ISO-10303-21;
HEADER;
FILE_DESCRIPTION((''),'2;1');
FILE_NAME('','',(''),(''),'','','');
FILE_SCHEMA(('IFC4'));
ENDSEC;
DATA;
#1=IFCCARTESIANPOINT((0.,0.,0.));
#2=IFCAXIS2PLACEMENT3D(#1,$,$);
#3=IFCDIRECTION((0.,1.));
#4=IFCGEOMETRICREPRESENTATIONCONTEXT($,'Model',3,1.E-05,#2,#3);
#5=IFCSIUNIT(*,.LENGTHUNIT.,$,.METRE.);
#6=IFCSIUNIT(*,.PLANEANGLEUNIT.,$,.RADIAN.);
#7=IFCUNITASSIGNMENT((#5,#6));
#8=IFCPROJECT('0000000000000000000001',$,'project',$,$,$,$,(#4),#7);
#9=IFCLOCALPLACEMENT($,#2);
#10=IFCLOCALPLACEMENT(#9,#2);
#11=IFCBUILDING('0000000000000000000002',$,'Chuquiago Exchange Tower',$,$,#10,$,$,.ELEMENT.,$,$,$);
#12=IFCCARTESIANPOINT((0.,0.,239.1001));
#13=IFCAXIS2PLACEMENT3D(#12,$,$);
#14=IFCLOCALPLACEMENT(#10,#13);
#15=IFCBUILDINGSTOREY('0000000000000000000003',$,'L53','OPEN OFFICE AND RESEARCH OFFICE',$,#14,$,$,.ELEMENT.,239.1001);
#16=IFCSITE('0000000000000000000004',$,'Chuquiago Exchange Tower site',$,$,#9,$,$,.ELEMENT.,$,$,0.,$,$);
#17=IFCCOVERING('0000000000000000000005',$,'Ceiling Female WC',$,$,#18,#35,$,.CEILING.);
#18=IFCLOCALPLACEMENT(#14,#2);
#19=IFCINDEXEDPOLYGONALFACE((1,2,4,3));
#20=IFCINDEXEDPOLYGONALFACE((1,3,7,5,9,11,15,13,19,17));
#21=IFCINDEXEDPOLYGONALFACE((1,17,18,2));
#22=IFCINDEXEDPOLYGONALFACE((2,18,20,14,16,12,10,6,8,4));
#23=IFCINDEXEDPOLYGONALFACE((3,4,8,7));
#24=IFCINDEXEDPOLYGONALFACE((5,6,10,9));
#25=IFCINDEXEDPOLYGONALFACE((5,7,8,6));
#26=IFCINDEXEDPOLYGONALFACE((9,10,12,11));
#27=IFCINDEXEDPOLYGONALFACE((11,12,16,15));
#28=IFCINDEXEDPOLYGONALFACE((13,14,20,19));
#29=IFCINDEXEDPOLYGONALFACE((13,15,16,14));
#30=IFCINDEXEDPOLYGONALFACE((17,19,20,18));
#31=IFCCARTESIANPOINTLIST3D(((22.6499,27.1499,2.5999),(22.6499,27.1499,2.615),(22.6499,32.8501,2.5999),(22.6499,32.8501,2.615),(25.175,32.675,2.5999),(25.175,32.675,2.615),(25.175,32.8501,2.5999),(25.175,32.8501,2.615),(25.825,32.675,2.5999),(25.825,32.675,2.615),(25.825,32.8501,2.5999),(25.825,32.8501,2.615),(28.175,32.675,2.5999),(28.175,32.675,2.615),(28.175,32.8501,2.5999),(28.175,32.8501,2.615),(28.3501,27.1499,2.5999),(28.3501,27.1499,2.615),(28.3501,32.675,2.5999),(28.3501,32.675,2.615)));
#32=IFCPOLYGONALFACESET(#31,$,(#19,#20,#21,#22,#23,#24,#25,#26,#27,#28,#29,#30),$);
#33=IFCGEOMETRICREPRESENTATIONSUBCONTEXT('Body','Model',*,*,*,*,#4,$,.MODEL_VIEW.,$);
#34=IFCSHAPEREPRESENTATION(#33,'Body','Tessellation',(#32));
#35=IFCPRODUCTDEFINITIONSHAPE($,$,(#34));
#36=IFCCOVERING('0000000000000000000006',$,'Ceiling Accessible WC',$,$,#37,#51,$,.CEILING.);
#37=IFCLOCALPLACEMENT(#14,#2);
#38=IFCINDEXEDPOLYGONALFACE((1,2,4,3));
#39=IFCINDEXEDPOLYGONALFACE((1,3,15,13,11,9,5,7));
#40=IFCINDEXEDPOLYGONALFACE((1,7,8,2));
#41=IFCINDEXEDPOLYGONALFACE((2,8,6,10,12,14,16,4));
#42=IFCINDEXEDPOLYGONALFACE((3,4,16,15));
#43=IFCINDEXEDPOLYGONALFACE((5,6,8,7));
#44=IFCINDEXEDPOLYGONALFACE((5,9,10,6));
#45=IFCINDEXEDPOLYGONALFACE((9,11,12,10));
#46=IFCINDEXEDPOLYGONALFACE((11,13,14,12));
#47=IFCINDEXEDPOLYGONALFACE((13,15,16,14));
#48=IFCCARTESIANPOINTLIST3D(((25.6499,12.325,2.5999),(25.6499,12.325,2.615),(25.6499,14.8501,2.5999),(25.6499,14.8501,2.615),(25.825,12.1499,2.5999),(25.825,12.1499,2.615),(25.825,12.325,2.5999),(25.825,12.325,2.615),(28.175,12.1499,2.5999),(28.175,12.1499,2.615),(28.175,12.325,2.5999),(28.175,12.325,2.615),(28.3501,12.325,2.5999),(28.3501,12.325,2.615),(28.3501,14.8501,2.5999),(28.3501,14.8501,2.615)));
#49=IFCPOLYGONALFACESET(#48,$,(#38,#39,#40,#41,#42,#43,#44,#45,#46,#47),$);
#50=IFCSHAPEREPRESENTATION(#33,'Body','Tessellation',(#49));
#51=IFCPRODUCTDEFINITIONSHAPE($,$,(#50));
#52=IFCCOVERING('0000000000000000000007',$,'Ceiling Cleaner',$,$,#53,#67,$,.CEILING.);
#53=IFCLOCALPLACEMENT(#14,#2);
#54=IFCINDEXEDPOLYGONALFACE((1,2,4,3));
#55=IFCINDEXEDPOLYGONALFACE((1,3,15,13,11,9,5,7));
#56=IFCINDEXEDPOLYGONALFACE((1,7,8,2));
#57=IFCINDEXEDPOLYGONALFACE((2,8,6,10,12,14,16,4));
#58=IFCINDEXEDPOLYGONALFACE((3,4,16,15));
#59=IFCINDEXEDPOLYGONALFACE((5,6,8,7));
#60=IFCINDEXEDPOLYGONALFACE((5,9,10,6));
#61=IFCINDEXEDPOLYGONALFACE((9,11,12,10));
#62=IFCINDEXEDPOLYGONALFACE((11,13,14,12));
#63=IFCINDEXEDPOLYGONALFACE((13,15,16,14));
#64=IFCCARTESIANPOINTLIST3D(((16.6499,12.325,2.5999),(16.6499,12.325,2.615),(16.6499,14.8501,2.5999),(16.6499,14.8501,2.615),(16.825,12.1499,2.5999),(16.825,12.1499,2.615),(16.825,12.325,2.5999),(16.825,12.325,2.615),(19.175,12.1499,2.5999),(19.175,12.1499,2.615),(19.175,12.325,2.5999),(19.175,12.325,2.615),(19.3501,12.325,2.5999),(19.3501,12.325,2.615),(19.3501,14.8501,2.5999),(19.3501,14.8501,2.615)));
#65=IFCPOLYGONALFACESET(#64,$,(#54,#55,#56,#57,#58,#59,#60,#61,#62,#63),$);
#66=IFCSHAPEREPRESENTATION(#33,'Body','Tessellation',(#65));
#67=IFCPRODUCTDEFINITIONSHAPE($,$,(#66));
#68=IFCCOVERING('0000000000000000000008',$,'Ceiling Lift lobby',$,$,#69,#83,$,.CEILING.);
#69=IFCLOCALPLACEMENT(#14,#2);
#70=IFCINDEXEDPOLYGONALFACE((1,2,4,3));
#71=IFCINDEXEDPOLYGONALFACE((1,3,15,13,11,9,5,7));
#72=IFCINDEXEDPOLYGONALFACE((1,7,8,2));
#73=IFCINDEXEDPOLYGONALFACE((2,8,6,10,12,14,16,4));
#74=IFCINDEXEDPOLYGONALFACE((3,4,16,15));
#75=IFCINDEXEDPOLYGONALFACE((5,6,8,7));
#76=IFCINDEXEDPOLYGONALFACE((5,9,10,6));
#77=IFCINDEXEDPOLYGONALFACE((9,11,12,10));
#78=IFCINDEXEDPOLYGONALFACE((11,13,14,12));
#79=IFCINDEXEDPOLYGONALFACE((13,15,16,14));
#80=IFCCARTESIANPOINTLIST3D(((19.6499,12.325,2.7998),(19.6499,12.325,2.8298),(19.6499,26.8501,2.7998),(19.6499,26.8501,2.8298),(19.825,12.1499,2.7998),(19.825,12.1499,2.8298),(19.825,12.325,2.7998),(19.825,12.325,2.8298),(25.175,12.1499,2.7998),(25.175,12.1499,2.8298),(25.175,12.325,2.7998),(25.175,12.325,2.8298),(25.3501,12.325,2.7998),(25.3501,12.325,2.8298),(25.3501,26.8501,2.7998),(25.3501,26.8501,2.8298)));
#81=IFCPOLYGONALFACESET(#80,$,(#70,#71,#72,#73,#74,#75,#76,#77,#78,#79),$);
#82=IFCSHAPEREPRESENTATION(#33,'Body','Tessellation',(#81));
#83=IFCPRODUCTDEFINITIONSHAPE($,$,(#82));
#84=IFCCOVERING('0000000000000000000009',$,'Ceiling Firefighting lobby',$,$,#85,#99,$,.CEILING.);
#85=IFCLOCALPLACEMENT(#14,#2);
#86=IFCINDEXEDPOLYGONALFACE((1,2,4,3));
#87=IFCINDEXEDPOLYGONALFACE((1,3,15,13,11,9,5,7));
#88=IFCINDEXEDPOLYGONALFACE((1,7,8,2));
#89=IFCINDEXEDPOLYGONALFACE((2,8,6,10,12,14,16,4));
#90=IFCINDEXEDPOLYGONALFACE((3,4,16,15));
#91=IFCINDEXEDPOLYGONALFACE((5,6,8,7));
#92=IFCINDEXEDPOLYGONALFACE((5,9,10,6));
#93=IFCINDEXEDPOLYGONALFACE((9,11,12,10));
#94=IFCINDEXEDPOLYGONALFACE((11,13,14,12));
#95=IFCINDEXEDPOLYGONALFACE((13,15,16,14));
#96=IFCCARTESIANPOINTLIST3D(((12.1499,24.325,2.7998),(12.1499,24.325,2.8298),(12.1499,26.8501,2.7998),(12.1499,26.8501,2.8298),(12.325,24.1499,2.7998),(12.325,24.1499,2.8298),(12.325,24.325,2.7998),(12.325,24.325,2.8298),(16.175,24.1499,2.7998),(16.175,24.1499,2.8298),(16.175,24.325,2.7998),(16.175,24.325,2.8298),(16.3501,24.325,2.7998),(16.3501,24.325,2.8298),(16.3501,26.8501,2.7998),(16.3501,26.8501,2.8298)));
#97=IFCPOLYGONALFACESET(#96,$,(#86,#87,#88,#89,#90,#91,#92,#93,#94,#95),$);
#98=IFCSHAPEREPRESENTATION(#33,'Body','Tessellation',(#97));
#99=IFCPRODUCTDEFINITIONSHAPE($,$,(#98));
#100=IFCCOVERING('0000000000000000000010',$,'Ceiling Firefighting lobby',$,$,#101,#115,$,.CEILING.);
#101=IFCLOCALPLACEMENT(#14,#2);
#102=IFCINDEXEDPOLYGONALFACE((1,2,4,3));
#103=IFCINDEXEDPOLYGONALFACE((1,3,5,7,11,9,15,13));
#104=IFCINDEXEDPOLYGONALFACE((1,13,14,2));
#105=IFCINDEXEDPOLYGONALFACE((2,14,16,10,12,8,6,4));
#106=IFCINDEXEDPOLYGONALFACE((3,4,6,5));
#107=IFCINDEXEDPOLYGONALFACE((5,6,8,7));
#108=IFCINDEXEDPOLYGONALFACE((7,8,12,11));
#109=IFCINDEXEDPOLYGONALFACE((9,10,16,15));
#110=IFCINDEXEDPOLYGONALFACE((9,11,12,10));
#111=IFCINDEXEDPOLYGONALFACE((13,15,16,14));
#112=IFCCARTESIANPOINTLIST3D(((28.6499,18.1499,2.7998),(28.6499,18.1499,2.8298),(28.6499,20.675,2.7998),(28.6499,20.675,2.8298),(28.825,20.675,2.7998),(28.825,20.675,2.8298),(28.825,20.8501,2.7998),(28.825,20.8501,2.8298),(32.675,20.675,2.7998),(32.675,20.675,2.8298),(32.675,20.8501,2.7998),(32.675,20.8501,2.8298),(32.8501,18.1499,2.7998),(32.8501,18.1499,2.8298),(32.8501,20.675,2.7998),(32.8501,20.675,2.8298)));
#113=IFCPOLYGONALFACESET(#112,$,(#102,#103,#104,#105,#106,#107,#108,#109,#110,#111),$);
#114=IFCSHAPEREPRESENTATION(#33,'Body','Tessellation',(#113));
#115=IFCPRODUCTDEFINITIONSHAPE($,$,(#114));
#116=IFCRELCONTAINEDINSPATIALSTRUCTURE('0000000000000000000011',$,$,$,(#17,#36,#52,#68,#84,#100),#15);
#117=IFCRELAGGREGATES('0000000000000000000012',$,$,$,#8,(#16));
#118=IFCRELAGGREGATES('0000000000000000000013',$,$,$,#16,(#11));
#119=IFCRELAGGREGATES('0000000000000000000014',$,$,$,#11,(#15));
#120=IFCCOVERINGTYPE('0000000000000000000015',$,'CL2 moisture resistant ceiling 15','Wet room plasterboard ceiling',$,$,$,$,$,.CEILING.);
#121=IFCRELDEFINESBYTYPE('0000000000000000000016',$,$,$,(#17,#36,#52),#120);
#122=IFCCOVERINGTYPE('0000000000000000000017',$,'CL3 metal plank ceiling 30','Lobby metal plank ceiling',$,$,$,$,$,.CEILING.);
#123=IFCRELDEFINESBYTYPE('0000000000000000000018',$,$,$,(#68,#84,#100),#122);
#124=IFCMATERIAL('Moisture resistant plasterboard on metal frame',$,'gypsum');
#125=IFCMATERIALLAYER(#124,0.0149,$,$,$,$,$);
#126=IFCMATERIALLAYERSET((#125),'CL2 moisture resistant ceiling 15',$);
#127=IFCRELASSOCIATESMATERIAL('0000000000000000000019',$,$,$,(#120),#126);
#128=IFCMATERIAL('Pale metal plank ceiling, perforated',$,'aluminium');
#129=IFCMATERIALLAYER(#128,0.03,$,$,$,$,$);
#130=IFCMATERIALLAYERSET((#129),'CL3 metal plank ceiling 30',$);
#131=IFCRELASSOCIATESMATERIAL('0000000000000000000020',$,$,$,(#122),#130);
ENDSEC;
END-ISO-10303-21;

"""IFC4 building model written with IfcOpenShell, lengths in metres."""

from ifc_helpers import new_model, si_unit, direction, frame, origin, place, context, subcontext, project, spatial, polyline, outline, extrude, material, layer, layer_set, type_object, element, save


model = new_model("IFC4")

# Units and contexts
model_context = context("Model", 3, precision=1e-05, world=origin(), true_north=direction((0.0, 1.0)))
body_context = subcontext(model_context, "Body", "Model", "MODEL_VIEW")
ifc_project = project(units=[si_unit("LENGTHUNIT", "METRE"), si_unit("PLANEANGLEUNIT", "RADIAN")], contexts=[model_context])

# Site, building, storey
site_placement = place(None, origin())
site = spatial("IfcSite", under=ifc_project, at=site_placement, Name="Chuquiago Exchange Tower site", CompositionType="ELEMENT", RefElevation=0.0)
building_placement = place(site_placement, origin())
building = spatial("IfcBuilding", under=site, at=building_placement, Name="Chuquiago Exchange Tower", CompositionType="ELEMENT")
storey_placement = place(building_placement, frame((0.0, 0.0, 239.1001)))
storey = spatial("IfcBuildingStorey", under=building, at=storey_placement, Name="L53", Description="OPEN OFFICE AND RESEARCH OFFICE", CompositionType="ELEMENT", Elevation=239.1001)

# Coverings
ifc_material_1 = material(Name="Moisture resistant plasterboard on metal frame", Category="gypsum")
ifc_layer_1 = layer(ifc_material_1, 0.0149)
ifc_layer_set_1 = layer_set([ifc_layer_1], Name="CL2 moisture resistant ceiling 15")
covering_type_1 = type_object("IfcCoveringType", Name="CL2 moisture resistant ceiling 15", Description="Wet room plasterboard ceiling", PredefinedType="CEILING", material=ifc_layer_set_1)
covering_1_placement = place(storey_placement, frame((0.0, 0.0, 2.5999)))
element("IfcCovering", 1, at=covering_1_placement, inside=storey, type_object=covering_type_1, Name="Ceiling Female WC", PredefinedType="CEILING", context=body_context, shape_type="SweptSolid", body=[
    extrude(outline(polyline([(22.6499, 27.1499), (22.6499, 32.8501), (25.175, 32.8501), (25.175, 32.675), (25.825, 32.675), (25.825, 32.8501), (28.175, 32.8501), (28.175, 32.675), (28.3501, 32.675), (28.3501, 27.1499), (22.6499, 27.1499)])), origin(), (0.0, 0.0, 1.0), 0.0151),
])
covering_2_placement = place(storey_placement, frame((0.0, 0.0, 2.5999)))
element("IfcCovering", 2, at=covering_2_placement, inside=storey, type_object=covering_type_1, Name="Ceiling Accessible WC", PredefinedType="CEILING", context=body_context, shape_type="SweptSolid", body=[
    extrude(outline(polyline([(25.825, 12.1499), (25.825, 12.325), (25.6499, 12.325), (25.6499, 14.8501), (28.3501, 14.8501), (28.3501, 12.325), (28.175, 12.325), (28.175, 12.1499), (25.825, 12.1499)])), origin(), (0.0, 0.0, 1.0), 0.0151),
])
covering_3_placement = place(storey_placement, frame((0.0, 0.0, 2.5999)))
element("IfcCovering", 3, at=covering_3_placement, inside=storey, type_object=covering_type_1, Name="Ceiling Cleaner", PredefinedType="CEILING", context=body_context, shape_type="SweptSolid", body=[
    extrude(outline(polyline([(16.825, 12.1499), (16.825, 12.325), (16.6499, 12.325), (16.6499, 14.8501), (19.3501, 14.8501), (19.3501, 12.325), (19.175, 12.325), (19.175, 12.1499), (16.825, 12.1499)])), origin(), (0.0, 0.0, 1.0), 0.0151),
])
ifc_material_2 = material(Name="Pale metal plank ceiling, perforated", Category="aluminium")
ifc_layer_2 = layer(ifc_material_2, 0.03)
ifc_layer_set_2 = layer_set([ifc_layer_2], Name="CL3 metal plank ceiling 30")
covering_type_2 = type_object("IfcCoveringType", Name="CL3 metal plank ceiling 30", Description="Lobby metal plank ceiling", PredefinedType="CEILING", material=ifc_layer_set_2)
covering_4_placement = place(storey_placement, frame((0.0, 0.0, 2.7998)))
element("IfcCovering", 4, at=covering_4_placement, inside=storey, type_object=covering_type_2, Name="Ceiling Lift lobby", PredefinedType="CEILING", context=body_context, shape_type="SweptSolid", body=[
    extrude(outline(polyline([(19.825, 12.1499), (19.825, 12.325), (19.6499, 12.325), (19.6499, 26.8501), (25.3501, 26.8501), (25.3501, 12.325), (25.175, 12.325), (25.175, 12.1499), (19.825, 12.1499)])), origin(), (0.0, 0.0, 1.0), 0.03),
])
covering_5_placement = place(storey_placement, frame((0.0, 0.0, 2.7998)))
element("IfcCovering", 5, at=covering_5_placement, inside=storey, type_object=covering_type_2, Name="Ceiling Firefighting lobby", PredefinedType="CEILING", context=body_context, shape_type="SweptSolid", body=[
    extrude(outline(polyline([(12.325, 24.1499), (12.325, 24.325), (12.1499, 24.325), (12.1499, 26.8501), (16.3501, 26.8501), (16.3501, 24.325), (16.175, 24.325), (16.175, 24.1499), (12.325, 24.1499)])), origin(), (0.0, 0.0, 1.0), 0.03),
])
covering_6_placement = place(storey_placement, frame((0.0, 0.0, 2.7998)))
element("IfcCovering", 6, at=covering_6_placement, inside=storey, type_object=covering_type_2, Name="Ceiling Firefighting lobby", PredefinedType="CEILING", context=body_context, shape_type="SweptSolid", body=[
    extrude(outline(polyline([(28.6499, 18.1499), (28.6499, 20.675), (28.825, 20.675), (28.825, 20.8501), (32.675, 20.8501), (32.675, 20.675), (32.8501, 20.675), (32.8501, 18.1499), (28.6499, 18.1499)])), origin(), (0.0, 0.0, 1.0), 0.03),
])

save(model, "model.ifc")
